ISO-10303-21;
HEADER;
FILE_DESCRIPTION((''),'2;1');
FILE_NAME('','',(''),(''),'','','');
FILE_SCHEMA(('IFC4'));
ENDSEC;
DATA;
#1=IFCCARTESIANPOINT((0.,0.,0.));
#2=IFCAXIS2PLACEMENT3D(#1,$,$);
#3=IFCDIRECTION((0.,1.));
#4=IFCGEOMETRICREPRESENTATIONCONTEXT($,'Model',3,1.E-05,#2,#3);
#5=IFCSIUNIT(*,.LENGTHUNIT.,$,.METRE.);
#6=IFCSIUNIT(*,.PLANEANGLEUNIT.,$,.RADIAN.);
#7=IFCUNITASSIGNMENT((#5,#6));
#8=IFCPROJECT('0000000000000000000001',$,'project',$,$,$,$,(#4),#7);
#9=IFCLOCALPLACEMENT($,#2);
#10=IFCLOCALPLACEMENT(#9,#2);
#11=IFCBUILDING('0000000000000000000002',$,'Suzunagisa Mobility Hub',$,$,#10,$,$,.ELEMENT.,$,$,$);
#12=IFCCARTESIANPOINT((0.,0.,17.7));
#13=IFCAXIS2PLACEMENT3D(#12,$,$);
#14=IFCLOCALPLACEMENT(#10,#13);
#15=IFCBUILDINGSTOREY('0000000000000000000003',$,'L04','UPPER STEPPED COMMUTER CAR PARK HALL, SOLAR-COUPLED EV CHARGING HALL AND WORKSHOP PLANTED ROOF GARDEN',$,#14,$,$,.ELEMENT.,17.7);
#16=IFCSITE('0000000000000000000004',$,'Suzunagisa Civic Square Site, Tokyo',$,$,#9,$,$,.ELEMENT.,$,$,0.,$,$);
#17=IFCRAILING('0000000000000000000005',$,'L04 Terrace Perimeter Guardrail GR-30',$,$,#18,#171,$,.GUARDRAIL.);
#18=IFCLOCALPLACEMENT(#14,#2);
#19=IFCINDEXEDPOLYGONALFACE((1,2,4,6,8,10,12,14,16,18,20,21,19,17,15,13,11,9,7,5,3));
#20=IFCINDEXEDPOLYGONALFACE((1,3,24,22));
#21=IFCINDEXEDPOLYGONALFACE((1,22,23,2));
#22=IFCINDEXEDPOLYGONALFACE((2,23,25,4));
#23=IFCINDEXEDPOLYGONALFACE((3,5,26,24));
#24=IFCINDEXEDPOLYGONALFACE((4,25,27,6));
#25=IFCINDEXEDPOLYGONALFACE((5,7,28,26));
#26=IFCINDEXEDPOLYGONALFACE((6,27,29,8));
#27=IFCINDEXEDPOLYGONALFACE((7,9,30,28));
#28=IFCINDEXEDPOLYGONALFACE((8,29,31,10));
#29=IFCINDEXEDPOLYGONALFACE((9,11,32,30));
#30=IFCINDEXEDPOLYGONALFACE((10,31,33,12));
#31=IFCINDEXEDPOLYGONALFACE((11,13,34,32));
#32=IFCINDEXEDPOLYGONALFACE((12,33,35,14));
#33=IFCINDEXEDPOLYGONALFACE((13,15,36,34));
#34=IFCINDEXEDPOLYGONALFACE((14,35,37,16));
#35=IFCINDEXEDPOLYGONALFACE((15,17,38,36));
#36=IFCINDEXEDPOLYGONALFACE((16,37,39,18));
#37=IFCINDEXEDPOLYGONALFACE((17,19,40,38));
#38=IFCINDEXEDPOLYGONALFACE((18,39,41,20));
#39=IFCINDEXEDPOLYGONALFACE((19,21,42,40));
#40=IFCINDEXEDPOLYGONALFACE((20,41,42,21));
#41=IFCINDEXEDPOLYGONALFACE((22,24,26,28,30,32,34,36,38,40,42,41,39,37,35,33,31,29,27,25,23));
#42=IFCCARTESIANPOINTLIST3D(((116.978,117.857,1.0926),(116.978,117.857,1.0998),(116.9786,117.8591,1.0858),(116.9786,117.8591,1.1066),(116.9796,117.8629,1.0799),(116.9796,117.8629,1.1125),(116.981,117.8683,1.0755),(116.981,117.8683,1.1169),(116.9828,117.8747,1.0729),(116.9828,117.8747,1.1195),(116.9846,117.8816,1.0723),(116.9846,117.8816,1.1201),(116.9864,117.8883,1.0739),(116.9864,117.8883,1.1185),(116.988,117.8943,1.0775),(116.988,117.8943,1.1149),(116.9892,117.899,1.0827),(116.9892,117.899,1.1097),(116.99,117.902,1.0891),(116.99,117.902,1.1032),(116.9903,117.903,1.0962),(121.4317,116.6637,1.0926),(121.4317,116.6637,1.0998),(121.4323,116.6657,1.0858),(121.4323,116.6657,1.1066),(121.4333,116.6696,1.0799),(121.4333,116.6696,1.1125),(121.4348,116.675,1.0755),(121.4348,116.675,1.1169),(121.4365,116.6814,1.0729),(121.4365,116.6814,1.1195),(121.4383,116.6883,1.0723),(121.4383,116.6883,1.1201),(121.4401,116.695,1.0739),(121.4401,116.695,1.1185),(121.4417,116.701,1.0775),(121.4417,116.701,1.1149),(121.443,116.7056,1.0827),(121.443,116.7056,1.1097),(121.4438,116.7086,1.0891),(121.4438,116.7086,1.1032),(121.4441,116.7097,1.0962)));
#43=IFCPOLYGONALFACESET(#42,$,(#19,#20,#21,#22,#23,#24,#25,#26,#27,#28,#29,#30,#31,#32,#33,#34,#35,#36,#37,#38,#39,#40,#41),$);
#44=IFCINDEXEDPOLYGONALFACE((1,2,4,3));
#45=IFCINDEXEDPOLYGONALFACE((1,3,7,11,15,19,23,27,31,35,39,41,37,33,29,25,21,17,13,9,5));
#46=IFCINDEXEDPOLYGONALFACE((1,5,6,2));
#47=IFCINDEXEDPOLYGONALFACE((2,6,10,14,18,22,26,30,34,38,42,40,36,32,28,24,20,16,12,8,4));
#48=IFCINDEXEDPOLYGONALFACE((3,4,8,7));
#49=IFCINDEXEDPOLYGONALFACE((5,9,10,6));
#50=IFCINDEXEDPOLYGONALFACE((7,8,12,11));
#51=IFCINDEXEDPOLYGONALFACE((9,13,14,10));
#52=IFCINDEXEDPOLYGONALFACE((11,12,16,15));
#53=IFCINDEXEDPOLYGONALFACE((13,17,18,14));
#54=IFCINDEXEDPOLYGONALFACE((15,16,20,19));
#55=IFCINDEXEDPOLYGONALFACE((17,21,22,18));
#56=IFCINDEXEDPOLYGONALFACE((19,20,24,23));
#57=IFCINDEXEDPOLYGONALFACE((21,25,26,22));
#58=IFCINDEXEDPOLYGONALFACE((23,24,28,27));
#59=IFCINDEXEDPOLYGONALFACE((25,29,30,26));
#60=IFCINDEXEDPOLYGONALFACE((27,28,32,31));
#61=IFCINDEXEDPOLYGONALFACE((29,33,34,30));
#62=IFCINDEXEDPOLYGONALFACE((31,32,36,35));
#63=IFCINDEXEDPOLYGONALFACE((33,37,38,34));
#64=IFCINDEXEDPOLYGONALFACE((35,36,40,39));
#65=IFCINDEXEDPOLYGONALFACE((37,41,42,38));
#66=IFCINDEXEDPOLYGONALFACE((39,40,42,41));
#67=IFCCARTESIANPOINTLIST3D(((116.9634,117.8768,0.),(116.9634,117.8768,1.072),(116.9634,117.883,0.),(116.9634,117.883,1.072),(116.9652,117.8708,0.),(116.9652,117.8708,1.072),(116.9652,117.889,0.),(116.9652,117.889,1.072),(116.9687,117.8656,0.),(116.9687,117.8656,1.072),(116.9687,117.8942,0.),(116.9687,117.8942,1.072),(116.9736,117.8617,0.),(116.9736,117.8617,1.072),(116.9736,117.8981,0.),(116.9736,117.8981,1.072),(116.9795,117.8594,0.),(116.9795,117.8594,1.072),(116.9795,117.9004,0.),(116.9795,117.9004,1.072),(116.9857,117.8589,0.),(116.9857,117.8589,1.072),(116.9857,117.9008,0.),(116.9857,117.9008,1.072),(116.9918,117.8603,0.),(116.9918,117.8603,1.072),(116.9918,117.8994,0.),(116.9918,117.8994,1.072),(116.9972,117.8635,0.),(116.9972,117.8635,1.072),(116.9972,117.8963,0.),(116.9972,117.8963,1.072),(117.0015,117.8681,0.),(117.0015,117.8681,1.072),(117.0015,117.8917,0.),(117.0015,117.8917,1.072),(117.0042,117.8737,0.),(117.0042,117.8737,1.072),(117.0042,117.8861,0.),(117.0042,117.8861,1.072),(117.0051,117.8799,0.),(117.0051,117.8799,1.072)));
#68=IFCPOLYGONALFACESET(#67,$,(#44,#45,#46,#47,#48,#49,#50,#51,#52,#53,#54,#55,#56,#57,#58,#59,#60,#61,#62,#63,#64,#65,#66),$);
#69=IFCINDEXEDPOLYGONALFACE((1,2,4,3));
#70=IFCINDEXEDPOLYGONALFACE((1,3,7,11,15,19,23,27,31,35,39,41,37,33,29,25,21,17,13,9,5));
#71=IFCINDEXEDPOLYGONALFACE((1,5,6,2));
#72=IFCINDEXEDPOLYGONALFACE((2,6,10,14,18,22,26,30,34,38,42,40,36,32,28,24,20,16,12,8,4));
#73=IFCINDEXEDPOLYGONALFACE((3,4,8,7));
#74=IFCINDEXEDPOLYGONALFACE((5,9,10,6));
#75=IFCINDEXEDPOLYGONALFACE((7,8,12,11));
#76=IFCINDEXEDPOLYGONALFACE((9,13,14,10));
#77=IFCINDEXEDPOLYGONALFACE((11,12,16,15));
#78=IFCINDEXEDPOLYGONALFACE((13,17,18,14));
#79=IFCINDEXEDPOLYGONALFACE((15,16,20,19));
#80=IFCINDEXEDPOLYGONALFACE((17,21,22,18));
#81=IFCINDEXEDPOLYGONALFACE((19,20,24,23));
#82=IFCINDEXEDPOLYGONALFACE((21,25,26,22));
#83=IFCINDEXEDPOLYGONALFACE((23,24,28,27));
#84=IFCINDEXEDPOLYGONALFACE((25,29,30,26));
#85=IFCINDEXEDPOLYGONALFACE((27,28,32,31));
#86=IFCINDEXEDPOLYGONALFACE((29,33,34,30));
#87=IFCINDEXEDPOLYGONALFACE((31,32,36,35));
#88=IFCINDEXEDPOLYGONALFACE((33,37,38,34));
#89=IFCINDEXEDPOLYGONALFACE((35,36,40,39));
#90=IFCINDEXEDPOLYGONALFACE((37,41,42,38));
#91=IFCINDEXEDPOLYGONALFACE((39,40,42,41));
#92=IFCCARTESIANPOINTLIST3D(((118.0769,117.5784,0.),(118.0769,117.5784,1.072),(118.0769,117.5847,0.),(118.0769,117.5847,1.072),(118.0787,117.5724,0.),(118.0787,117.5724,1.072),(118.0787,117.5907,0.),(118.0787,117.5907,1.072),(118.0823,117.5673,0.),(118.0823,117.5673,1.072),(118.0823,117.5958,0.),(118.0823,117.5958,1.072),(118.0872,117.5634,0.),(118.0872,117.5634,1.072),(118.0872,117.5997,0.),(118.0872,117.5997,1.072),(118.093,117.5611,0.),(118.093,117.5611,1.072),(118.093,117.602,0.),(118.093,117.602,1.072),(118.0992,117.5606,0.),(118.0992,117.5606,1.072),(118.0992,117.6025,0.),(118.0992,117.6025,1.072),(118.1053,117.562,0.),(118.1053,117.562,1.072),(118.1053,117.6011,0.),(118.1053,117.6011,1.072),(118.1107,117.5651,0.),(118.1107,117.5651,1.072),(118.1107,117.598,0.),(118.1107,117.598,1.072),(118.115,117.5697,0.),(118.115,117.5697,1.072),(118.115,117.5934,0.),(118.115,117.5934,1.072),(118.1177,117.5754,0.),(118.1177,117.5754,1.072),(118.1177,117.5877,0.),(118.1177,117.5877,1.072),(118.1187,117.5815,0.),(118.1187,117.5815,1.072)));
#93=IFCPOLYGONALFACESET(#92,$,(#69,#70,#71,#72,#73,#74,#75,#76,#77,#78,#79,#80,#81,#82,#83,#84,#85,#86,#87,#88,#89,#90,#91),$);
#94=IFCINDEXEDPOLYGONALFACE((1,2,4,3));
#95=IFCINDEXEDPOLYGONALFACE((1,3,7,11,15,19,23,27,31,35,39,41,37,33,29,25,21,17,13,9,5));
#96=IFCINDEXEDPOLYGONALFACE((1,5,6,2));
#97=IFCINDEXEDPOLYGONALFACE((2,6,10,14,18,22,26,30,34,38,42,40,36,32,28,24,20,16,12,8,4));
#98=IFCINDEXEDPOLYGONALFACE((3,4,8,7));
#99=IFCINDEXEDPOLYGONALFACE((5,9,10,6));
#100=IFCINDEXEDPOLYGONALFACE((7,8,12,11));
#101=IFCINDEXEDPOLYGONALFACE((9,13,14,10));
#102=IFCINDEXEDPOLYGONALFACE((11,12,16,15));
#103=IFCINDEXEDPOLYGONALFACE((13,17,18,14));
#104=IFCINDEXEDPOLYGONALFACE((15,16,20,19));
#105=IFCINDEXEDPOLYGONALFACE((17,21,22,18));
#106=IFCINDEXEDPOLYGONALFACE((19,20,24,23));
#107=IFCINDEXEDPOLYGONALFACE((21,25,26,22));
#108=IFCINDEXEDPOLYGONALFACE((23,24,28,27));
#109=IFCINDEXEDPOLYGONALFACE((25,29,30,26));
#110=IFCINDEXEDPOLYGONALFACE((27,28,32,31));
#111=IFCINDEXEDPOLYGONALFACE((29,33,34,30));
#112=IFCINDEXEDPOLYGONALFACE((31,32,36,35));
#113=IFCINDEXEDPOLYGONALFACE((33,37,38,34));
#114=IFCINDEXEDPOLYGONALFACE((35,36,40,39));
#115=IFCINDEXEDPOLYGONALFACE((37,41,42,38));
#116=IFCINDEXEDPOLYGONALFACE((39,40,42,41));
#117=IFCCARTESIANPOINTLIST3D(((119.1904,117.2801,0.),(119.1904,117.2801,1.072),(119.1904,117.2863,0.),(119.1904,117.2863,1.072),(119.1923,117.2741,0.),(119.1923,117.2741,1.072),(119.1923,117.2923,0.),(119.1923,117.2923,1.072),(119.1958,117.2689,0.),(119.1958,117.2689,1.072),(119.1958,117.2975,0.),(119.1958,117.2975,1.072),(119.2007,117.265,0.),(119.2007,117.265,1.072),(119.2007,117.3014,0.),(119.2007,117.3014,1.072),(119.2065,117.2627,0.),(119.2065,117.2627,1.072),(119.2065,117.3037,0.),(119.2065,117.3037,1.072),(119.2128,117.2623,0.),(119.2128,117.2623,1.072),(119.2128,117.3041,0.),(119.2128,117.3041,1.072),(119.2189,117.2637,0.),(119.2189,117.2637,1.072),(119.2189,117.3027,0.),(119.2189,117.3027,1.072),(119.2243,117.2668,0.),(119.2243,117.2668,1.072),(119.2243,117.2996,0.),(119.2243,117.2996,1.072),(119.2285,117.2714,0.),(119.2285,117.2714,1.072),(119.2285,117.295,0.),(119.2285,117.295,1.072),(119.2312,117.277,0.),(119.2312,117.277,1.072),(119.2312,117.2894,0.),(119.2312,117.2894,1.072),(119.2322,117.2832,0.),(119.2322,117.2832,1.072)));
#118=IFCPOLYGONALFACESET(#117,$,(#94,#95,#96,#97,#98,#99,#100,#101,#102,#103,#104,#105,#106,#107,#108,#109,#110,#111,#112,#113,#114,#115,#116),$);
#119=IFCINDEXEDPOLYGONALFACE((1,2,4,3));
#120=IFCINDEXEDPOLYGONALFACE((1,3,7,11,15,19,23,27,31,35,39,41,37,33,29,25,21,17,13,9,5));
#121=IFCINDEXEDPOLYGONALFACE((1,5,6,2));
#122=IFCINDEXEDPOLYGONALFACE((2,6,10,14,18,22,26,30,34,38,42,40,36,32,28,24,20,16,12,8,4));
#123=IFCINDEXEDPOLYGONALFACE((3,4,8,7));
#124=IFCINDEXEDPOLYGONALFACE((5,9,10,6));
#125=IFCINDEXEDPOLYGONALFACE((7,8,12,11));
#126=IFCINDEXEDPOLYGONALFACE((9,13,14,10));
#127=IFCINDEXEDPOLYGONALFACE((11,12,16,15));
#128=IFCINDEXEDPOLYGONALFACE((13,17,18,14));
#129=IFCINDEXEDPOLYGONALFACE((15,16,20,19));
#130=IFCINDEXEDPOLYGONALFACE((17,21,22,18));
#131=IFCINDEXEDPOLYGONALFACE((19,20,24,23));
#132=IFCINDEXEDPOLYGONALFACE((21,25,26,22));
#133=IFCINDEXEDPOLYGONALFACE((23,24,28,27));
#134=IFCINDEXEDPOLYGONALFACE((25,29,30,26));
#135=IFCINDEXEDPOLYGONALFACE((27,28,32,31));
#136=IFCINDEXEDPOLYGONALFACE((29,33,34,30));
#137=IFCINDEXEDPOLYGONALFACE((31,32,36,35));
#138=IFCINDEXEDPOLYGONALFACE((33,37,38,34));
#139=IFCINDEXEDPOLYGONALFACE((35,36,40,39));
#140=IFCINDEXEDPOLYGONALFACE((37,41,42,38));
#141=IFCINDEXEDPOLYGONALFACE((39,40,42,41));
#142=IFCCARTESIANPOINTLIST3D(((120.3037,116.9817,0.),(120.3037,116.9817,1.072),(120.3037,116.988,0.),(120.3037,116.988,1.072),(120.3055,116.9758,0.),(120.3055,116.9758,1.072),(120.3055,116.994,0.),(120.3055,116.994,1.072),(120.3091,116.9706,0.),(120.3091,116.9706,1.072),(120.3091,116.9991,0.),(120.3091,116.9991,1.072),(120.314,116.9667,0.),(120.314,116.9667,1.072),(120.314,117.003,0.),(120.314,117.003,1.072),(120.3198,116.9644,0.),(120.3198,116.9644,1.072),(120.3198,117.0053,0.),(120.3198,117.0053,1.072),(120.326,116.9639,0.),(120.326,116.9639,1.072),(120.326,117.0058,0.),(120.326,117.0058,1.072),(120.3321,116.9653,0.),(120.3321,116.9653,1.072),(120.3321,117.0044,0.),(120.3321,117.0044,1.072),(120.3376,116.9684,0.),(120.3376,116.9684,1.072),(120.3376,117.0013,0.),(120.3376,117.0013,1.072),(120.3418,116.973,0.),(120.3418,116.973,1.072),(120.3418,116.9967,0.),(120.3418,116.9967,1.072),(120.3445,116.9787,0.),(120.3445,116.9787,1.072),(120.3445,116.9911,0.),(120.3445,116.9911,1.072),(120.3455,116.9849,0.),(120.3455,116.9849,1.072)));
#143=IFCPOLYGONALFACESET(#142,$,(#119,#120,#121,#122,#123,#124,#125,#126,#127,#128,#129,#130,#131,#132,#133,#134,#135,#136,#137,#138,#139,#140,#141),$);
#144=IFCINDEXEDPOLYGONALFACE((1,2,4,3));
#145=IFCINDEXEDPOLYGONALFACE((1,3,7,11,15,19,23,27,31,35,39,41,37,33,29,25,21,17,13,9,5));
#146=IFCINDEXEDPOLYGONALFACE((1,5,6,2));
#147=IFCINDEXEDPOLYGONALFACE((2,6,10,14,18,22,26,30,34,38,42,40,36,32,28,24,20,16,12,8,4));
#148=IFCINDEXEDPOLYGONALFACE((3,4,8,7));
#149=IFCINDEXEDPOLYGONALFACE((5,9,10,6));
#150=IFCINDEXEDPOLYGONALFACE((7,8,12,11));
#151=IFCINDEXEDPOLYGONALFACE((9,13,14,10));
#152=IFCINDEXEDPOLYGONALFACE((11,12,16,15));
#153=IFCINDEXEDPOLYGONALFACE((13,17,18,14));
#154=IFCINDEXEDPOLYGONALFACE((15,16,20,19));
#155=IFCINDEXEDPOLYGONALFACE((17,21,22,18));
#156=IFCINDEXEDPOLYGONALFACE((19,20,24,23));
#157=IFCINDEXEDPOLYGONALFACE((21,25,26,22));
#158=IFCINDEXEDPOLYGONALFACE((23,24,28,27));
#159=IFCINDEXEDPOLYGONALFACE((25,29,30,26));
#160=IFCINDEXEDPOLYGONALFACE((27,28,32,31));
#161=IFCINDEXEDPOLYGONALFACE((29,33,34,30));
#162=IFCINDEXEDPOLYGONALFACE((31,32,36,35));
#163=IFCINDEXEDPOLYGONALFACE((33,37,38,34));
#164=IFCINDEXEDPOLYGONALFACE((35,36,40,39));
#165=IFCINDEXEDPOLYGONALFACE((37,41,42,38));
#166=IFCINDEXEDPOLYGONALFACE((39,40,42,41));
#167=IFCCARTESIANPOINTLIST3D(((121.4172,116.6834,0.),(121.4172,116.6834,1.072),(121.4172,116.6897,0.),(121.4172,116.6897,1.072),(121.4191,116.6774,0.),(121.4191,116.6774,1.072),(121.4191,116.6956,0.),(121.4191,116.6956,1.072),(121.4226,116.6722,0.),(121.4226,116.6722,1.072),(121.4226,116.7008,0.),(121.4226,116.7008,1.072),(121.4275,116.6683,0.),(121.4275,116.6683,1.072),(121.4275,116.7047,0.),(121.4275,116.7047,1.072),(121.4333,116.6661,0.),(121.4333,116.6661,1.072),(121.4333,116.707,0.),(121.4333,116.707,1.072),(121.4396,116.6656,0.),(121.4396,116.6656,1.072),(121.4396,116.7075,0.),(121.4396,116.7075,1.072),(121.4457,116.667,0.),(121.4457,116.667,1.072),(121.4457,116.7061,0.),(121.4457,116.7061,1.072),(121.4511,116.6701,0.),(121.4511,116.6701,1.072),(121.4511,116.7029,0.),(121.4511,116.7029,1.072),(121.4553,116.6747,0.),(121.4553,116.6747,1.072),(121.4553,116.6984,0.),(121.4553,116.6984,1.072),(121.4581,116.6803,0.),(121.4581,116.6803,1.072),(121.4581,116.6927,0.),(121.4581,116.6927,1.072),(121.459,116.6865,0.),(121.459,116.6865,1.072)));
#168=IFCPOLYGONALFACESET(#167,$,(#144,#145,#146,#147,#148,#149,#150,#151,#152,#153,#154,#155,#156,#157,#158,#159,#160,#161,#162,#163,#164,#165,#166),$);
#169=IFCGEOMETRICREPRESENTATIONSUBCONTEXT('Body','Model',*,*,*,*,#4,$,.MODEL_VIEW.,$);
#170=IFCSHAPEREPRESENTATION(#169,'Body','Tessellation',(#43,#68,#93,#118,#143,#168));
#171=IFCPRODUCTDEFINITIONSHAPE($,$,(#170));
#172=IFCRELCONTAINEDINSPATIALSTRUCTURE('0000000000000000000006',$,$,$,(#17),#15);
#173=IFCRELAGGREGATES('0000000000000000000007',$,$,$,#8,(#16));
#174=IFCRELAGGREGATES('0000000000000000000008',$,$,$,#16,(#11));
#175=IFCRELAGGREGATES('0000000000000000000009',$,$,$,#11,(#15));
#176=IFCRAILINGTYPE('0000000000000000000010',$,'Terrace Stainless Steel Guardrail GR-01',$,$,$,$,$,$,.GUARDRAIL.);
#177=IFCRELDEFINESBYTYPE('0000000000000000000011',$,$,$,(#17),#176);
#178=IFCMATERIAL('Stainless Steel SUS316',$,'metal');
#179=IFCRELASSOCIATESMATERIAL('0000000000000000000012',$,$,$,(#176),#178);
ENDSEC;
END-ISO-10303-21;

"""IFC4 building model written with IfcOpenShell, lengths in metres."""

from ifc_helpers import new_model, si_unit, direction, frame, origin, origin_2d, place, context, subcontext, project, spatial, circle, extrude, material, type_object, element, save


model = new_model("IFC4")

# Units and contexts
model_context = context("Model", 3, precision=1e-05, world=origin(), true_north=direction((0.0, 1.0)))
body_context = subcontext(model_context, "Body", "Model", "MODEL_VIEW")
ifc_project = project(units=[si_unit("LENGTHUNIT", "METRE"), si_unit("PLANEANGLEUNIT", "RADIAN")], contexts=[model_context])

# Site, building, storey
site_placement = place(None, origin())
site = spatial("IfcSite", under=ifc_project, at=site_placement, Name="Suzunagisa Civic Square Site, Tokyo", CompositionType="ELEMENT", RefElevation=0.0)
building_placement = place(site_placement, origin())
building = spatial("IfcBuilding", under=site, at=building_placement, Name="Suzunagisa Mobility Hub", CompositionType="ELEMENT")
storey_placement = place(building_placement, frame((0.0, 0.0, 17.7)))
storey = spatial("IfcBuildingStorey", under=building, at=storey_placement, Name="L04", Description="UPPER STEPPED COMMUTER CAR PARK HALL, SOLAR-COUPLED EV CHARGING HALL AND WORKSHOP PLANTED ROOF GARDEN", CompositionType="ELEMENT", Elevation=17.7)

# Railing
ifc_material_1 = material(Name="Stainless Steel SUS316", Category="metal")
railing_type_1 = type_object("IfcRailingType", Name="Terrace Stainless Steel Guardrail GR-01", PredefinedType="GUARDRAIL", material=ifc_material_1)
railing_1_placement = place(storey_placement, frame((116.9841, 117.8799, 0.0)))
element("IfcRailing", 1, at=railing_1_placement, inside=storey, type_object=railing_type_1, Name="L04 Terrace Perimeter Guardrail GR-30", PredefinedType="GUARDRAIL", context=body_context, shape_type="SweptSolid", body=[
    extrude(circle(Radius=0.0239, at=origin_2d()), frame((0.0, 0.0, 1.0962), z_axis=(0.965928, -0.258809, 0.0), x_axis=(0.258809, 0.965928, 0.0)), (0.0, 0.0, 1.0), 4.6108),
    extrude(circle(Radius=0.021, at=origin_2d()), origin(), (0.0, 0.0, 1.0), 1.072),
    extrude(circle(Radius=0.021, at=origin_2d()), frame((1.1135, -0.2983, 0.0)), (0.0, 0.0, 1.0), 1.072),
    extrude(circle(Radius=0.021, at=origin_2d()), frame((2.2271, -0.5967, 0.0)), (0.0, 0.0, 1.0), 1.072),
    extrude(circle(Radius=0.021, at=origin_2d()), frame((3.3403, -0.895, 0.0)), (0.0, 0.0, 1.0), 1.072),
    extrude(circle(Radius=0.021, at=origin_2d()), frame((4.4539, -1.1934, 0.0)), (0.0, 0.0, 1.0), 1.072),
])

save(model, "model.ifc")
